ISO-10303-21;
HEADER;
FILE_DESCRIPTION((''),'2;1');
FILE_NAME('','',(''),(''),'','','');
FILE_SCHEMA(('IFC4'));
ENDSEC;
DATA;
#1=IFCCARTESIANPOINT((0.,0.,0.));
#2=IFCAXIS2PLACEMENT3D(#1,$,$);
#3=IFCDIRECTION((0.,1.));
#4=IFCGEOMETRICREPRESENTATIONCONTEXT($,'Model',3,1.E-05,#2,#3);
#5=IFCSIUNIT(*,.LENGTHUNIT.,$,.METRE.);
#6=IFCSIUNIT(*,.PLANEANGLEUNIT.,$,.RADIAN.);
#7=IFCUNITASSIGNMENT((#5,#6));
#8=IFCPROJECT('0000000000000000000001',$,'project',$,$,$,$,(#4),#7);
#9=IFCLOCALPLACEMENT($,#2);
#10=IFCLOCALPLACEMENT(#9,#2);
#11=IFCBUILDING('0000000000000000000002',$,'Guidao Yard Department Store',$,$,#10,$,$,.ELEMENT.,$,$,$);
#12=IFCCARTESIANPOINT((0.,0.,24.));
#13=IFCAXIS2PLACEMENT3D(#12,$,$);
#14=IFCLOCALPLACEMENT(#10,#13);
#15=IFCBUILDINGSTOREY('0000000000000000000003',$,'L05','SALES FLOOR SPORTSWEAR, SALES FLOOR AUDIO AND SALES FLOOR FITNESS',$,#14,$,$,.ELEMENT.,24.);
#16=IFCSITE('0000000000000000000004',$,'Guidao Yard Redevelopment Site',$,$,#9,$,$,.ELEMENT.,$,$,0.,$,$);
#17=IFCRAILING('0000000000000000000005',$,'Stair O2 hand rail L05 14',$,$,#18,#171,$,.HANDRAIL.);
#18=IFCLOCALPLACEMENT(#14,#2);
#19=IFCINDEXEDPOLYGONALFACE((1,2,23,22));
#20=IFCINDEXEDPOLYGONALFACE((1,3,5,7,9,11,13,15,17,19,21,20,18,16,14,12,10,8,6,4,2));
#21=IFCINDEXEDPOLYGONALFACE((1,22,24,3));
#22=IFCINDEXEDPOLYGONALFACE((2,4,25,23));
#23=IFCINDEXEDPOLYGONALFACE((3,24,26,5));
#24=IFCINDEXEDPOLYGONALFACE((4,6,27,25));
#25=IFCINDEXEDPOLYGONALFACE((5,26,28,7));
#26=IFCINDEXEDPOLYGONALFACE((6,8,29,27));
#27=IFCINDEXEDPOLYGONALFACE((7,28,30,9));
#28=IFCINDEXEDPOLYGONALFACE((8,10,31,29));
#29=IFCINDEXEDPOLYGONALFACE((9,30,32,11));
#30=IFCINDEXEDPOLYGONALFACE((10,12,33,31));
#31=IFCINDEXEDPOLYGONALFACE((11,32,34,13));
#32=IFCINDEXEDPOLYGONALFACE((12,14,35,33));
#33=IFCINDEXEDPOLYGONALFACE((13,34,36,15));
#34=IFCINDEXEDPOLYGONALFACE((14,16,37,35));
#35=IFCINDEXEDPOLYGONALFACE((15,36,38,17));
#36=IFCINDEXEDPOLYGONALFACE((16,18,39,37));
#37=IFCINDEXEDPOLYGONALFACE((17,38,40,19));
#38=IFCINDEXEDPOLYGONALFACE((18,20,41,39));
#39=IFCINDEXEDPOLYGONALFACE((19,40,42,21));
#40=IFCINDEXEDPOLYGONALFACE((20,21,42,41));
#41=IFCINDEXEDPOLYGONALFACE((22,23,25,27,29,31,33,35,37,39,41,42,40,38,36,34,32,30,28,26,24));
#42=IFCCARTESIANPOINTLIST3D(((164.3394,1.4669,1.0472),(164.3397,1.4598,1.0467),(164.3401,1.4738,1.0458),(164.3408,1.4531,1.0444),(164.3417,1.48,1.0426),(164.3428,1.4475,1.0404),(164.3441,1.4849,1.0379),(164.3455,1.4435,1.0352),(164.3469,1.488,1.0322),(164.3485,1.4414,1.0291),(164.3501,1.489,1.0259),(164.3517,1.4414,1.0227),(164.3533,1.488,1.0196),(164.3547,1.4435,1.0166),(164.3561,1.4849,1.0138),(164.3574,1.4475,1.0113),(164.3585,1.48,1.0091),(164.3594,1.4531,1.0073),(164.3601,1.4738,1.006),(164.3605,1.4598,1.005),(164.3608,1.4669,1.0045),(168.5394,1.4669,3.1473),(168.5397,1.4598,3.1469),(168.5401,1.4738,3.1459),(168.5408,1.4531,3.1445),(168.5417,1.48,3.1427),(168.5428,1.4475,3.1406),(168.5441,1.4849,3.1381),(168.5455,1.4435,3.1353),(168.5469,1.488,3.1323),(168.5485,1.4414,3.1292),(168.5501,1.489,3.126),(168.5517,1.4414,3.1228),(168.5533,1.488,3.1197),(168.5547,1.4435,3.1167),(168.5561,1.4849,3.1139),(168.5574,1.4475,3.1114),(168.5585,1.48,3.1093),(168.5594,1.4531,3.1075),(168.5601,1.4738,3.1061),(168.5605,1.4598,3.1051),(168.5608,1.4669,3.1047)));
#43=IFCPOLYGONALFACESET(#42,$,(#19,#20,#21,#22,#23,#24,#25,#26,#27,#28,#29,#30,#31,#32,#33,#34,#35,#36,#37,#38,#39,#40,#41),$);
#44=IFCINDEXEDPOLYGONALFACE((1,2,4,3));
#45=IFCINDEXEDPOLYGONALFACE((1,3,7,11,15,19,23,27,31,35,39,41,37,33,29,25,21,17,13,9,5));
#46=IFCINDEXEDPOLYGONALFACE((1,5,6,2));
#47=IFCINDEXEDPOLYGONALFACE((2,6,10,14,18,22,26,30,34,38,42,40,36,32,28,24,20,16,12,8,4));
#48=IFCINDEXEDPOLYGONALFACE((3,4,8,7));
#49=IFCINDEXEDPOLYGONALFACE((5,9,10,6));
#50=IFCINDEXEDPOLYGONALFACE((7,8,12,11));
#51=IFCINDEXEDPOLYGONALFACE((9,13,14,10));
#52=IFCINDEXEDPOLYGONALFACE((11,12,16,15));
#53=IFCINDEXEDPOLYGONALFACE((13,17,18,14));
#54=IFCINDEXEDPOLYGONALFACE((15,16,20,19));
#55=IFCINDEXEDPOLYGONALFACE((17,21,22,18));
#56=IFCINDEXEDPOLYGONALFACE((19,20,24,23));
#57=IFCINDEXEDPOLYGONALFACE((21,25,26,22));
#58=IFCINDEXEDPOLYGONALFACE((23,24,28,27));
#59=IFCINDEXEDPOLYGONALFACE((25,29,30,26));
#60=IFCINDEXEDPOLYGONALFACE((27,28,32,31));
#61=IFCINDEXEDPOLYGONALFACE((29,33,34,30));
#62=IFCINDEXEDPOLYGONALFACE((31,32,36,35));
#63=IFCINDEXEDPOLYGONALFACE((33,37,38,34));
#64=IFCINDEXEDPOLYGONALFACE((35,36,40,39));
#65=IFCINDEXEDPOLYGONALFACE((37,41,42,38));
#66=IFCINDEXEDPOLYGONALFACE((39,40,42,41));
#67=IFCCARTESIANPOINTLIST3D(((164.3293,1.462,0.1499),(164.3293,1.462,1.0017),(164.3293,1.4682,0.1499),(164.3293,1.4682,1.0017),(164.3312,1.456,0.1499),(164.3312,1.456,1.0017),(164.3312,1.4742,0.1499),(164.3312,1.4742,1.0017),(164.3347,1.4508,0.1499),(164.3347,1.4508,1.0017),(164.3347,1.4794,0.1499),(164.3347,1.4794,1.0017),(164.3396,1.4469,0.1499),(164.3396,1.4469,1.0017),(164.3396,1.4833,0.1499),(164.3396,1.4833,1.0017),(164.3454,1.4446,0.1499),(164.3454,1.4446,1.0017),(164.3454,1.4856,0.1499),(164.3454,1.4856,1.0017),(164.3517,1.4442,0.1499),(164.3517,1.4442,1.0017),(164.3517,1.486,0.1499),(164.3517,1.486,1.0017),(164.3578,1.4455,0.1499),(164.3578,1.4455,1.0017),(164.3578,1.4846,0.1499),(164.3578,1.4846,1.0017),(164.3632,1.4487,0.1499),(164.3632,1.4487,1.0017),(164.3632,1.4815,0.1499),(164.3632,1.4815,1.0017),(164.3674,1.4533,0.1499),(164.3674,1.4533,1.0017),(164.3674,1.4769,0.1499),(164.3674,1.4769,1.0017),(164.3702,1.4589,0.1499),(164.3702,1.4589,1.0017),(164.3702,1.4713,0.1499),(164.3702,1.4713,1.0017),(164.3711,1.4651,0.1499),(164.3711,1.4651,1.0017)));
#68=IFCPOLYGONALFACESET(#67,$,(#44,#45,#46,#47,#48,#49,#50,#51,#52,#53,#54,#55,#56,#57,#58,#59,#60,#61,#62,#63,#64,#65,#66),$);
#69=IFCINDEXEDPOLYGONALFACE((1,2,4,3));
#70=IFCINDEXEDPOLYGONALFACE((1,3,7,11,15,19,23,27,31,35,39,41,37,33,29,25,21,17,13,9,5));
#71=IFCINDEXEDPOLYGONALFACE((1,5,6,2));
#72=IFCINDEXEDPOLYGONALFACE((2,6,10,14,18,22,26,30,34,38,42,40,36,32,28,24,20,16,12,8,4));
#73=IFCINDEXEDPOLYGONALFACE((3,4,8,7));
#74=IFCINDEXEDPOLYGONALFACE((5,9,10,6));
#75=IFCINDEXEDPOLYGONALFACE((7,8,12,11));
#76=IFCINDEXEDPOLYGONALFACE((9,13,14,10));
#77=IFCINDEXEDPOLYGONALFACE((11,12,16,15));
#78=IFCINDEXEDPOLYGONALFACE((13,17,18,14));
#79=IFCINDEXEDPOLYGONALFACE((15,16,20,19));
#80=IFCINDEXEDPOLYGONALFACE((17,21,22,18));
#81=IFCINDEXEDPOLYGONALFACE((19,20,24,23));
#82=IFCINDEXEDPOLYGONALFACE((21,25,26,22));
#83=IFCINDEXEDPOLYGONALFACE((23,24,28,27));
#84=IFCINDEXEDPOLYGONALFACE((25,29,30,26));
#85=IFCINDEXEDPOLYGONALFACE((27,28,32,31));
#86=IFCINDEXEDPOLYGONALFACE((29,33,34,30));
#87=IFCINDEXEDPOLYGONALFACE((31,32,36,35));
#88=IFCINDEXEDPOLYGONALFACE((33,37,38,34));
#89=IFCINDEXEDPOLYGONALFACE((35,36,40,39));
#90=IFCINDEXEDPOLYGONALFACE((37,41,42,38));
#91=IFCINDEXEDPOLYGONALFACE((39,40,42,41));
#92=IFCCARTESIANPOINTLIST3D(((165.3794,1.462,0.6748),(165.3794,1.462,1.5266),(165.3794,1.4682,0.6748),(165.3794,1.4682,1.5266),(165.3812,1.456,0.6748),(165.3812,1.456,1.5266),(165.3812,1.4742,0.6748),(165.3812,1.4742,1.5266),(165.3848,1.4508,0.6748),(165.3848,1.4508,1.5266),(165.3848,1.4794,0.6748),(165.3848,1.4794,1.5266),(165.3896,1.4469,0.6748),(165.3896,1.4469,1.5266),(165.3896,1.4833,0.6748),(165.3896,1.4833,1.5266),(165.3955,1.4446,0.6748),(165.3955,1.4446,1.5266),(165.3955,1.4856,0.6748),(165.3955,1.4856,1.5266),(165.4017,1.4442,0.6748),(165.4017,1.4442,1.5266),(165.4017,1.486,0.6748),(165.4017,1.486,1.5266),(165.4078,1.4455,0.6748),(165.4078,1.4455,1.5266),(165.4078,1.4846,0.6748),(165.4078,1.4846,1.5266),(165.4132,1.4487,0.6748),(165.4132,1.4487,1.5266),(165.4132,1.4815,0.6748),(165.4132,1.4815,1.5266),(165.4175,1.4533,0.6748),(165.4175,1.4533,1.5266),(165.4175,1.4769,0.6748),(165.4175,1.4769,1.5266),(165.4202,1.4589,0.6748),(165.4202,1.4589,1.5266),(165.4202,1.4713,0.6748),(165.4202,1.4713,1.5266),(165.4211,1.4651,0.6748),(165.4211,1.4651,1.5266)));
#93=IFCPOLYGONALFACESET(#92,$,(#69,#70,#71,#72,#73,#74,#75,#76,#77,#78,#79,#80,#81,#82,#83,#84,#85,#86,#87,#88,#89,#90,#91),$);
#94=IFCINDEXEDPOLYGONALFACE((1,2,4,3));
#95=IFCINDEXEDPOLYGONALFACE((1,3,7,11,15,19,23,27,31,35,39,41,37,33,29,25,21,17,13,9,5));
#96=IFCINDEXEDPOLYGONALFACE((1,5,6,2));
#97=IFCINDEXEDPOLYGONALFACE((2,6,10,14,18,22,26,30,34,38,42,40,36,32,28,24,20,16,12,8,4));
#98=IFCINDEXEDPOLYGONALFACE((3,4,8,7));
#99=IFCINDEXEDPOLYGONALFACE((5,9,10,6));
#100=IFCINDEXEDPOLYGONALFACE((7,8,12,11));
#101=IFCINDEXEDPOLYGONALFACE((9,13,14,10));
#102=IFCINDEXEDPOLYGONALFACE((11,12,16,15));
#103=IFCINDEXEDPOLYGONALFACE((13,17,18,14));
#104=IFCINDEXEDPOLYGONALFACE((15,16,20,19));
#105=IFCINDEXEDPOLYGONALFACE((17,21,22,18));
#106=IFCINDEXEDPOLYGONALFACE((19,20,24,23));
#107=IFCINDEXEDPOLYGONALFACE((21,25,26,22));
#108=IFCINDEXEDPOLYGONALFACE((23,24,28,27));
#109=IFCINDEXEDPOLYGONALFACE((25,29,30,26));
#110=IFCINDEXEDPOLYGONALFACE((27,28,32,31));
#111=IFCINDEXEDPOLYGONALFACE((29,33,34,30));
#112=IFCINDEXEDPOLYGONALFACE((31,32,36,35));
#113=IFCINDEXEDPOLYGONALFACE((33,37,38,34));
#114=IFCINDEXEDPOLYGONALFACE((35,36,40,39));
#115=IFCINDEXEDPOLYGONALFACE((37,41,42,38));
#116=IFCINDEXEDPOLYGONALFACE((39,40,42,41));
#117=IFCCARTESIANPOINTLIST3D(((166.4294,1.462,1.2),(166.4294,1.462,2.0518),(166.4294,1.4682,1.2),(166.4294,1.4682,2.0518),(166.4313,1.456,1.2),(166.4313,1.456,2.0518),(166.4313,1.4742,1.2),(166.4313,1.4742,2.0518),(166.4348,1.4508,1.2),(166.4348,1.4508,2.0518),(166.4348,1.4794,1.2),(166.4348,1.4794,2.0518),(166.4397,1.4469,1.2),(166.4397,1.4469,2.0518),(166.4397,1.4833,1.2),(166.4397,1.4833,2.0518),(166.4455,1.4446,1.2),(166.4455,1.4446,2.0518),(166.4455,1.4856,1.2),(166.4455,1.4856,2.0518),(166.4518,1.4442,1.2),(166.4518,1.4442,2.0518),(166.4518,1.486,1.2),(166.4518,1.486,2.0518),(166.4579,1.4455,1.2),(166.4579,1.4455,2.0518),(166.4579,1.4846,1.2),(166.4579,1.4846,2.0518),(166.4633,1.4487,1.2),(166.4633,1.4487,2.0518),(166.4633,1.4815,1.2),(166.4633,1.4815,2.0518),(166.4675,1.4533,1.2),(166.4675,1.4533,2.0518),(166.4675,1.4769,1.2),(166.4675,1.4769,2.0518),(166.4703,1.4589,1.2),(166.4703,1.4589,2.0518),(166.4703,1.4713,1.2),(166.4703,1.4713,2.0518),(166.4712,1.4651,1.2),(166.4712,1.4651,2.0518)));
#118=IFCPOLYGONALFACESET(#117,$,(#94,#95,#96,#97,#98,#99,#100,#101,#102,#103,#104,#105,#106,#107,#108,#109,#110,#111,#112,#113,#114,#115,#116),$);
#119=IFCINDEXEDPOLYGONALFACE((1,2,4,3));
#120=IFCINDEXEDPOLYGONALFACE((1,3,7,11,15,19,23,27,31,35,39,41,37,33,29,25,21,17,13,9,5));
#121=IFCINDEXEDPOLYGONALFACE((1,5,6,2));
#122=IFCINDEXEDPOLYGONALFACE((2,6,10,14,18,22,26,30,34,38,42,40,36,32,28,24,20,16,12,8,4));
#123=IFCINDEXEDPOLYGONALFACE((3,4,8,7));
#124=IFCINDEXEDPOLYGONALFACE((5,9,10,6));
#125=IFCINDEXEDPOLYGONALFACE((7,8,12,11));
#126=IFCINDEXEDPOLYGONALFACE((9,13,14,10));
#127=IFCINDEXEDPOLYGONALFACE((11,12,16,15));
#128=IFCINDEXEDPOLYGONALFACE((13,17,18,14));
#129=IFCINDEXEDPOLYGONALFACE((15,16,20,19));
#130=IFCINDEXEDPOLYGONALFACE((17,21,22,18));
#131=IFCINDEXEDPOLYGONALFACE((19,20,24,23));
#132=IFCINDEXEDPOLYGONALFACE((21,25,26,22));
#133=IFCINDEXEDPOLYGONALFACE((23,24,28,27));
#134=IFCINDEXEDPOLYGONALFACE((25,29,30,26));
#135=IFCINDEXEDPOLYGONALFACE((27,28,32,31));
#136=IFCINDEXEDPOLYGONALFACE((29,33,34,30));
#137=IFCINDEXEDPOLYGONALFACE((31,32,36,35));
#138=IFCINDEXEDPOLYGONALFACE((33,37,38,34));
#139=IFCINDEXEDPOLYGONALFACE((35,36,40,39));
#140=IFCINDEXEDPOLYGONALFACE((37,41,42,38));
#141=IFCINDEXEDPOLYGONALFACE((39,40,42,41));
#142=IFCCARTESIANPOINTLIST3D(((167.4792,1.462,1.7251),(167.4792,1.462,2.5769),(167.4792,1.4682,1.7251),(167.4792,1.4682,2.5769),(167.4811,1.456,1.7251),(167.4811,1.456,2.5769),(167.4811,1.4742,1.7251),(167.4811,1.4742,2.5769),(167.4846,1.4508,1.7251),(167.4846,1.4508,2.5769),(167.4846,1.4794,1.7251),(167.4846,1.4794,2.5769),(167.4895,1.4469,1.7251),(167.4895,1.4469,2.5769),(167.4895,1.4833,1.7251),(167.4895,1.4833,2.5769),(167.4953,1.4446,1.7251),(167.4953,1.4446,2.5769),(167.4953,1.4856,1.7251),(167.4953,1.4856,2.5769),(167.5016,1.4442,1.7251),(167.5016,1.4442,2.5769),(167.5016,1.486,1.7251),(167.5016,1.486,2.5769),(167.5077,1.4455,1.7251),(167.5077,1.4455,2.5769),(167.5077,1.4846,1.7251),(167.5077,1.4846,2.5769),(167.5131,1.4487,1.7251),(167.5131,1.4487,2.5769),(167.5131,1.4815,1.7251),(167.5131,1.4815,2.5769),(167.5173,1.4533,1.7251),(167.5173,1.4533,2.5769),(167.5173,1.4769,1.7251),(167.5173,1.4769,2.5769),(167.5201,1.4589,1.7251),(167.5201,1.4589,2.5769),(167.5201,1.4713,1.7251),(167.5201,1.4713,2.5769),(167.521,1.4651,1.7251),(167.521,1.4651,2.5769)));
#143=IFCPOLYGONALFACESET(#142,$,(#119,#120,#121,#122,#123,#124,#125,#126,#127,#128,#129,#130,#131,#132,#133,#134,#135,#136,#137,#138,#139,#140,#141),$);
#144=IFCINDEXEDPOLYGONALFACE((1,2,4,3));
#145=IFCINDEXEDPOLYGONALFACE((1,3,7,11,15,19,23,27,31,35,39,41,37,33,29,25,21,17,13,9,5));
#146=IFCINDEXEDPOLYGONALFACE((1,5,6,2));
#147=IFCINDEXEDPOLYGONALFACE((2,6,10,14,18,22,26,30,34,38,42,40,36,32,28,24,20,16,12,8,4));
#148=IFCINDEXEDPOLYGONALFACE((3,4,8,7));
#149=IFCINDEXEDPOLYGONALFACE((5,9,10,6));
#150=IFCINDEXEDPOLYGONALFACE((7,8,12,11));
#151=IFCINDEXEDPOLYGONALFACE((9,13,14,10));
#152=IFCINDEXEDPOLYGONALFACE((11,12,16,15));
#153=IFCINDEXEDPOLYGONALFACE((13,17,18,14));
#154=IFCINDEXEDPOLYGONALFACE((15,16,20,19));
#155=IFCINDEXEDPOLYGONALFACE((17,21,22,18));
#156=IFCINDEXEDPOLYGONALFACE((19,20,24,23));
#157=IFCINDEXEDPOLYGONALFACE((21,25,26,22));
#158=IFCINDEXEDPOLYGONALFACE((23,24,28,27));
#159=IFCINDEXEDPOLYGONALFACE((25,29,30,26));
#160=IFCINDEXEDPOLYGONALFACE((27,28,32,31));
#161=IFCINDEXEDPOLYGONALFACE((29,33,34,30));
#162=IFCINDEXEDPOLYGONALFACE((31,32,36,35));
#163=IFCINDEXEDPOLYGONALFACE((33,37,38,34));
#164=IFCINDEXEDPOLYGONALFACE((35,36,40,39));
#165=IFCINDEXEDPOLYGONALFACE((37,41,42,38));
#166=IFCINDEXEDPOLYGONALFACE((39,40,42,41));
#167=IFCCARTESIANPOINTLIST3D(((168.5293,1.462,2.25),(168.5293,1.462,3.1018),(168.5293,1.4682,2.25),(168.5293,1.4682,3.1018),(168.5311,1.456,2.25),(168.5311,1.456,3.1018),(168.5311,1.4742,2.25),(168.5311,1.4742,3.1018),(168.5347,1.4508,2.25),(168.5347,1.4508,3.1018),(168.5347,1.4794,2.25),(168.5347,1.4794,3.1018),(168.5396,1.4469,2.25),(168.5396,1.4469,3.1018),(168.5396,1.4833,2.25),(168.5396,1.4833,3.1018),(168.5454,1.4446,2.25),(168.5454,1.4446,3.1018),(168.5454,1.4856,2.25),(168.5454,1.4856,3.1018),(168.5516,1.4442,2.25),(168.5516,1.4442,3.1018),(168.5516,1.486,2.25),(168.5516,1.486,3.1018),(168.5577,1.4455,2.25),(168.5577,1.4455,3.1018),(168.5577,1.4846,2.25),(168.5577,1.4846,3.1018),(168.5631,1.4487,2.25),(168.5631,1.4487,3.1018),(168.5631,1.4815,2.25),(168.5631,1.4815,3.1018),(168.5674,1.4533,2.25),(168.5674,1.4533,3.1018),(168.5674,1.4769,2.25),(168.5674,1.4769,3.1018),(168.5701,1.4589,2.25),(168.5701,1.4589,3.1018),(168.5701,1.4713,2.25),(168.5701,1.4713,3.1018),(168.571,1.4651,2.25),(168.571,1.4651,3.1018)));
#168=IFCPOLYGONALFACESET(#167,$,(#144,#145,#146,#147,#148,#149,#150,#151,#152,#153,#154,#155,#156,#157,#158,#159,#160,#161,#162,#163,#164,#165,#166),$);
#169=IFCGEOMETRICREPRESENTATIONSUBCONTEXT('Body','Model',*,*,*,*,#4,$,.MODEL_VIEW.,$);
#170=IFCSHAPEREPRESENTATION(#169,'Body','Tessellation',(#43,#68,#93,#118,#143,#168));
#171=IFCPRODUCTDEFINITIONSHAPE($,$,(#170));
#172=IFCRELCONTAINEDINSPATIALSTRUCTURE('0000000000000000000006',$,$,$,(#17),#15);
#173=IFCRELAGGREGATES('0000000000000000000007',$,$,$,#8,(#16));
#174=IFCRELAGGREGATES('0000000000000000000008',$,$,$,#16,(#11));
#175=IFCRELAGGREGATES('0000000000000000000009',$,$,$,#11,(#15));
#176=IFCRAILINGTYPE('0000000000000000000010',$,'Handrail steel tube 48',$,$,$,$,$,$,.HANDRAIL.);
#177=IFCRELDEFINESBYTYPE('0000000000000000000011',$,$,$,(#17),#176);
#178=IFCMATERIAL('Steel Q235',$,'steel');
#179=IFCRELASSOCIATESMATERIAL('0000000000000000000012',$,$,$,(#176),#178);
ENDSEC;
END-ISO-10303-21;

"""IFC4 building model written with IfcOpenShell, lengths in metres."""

from ifc_helpers import new_model, si_unit, direction, frame, origin, origin_2d, place, context, subcontext, project, spatial, circle, extrude, material, type_object, element, save


model = new_model("IFC4")

# Units and contexts
model_context = context("Model", 3, precision=1e-05, world=origin(), true_north=direction((0.0, 1.0)))
body_context = subcontext(model_context, "Body", "Model", "MODEL_VIEW")
ifc_project = project(units=[si_unit("LENGTHUNIT", "METRE"), si_unit("PLANEANGLEUNIT", "RADIAN")], contexts=[model_context])

# Site, building, storey
site_placement = place(None, origin())
site = spatial("IfcSite", under=ifc_project, at=site_placement, Name="Guidao Yard Redevelopment Site", CompositionType="ELEMENT", RefElevation=0.0)
building_placement = place(site_placement, origin())
building = spatial("IfcBuilding", under=site, at=building_placement, Name="Guidao Yard Department Store", CompositionType="ELEMENT")
storey_placement = place(building_placement, frame((0.0, 0.0, 24.0)))
storey = spatial("IfcBuildingStorey", under=building, at=storey_placement, Name="L05", Description="SALES FLOOR SPORTSWEAR, SALES FLOOR AUDIO AND SALES FLOOR FITNESS", CompositionType="ELEMENT", Elevation=24.0)

# Railing
ifc_material_1 = material(Name="Steel Q235", Category="steel")
railing_type_1 = type_object("IfcRailingType", Name="Handrail steel tube 48", PredefinedType="HANDRAIL", material=ifc_material_1)
for number, where, name in (
    (1, (164.3501, 1.4651, 0.1499), "Stair O2 hand rail L05 14"),
):
    element("IfcRailing", number, at=place(storey_placement, frame(where)), inside=storey, type_object=railing_type_1, Name=name, PredefinedType="HANDRAIL", context=body_context, shape_type="SweptSolid", body=[
        extrude(circle(Radius=0.0239, at=origin_2d()), frame((0.0, 0.0, 0.876), z_axis=(0.894417, 0.0, 0.447234), x_axis=(0.0, 1.0, 0.0)), (0.0, 0.0, 1.0), 4.6958),
        extrude(circle(Radius=0.021, at=origin_2d()), origin(), (0.0, 0.0, 1.0), 0.8518),
        extrude(circle(Radius=0.021, at=origin_2d()), frame((1.05, 0.0, 0.5249)), (0.0, 0.0, 1.0), 0.8518),
        extrude(circle(Radius=0.021, at=origin_2d()), frame((2.1001, 0.0, 1.05)), (0.0, 0.0, 1.0), 0.8518),
        extrude(circle(Radius=0.021, at=origin_2d()), frame((3.1499, 0.0, 1.5752)), (0.0, 0.0, 1.0), 0.8518),
        extrude(circle(Radius=0.021, at=origin_2d()), frame((4.2, 0.0, 2.1001)), (0.0, 0.0, 1.0), 0.8518),
    ])

save(model, "model.ifc")
